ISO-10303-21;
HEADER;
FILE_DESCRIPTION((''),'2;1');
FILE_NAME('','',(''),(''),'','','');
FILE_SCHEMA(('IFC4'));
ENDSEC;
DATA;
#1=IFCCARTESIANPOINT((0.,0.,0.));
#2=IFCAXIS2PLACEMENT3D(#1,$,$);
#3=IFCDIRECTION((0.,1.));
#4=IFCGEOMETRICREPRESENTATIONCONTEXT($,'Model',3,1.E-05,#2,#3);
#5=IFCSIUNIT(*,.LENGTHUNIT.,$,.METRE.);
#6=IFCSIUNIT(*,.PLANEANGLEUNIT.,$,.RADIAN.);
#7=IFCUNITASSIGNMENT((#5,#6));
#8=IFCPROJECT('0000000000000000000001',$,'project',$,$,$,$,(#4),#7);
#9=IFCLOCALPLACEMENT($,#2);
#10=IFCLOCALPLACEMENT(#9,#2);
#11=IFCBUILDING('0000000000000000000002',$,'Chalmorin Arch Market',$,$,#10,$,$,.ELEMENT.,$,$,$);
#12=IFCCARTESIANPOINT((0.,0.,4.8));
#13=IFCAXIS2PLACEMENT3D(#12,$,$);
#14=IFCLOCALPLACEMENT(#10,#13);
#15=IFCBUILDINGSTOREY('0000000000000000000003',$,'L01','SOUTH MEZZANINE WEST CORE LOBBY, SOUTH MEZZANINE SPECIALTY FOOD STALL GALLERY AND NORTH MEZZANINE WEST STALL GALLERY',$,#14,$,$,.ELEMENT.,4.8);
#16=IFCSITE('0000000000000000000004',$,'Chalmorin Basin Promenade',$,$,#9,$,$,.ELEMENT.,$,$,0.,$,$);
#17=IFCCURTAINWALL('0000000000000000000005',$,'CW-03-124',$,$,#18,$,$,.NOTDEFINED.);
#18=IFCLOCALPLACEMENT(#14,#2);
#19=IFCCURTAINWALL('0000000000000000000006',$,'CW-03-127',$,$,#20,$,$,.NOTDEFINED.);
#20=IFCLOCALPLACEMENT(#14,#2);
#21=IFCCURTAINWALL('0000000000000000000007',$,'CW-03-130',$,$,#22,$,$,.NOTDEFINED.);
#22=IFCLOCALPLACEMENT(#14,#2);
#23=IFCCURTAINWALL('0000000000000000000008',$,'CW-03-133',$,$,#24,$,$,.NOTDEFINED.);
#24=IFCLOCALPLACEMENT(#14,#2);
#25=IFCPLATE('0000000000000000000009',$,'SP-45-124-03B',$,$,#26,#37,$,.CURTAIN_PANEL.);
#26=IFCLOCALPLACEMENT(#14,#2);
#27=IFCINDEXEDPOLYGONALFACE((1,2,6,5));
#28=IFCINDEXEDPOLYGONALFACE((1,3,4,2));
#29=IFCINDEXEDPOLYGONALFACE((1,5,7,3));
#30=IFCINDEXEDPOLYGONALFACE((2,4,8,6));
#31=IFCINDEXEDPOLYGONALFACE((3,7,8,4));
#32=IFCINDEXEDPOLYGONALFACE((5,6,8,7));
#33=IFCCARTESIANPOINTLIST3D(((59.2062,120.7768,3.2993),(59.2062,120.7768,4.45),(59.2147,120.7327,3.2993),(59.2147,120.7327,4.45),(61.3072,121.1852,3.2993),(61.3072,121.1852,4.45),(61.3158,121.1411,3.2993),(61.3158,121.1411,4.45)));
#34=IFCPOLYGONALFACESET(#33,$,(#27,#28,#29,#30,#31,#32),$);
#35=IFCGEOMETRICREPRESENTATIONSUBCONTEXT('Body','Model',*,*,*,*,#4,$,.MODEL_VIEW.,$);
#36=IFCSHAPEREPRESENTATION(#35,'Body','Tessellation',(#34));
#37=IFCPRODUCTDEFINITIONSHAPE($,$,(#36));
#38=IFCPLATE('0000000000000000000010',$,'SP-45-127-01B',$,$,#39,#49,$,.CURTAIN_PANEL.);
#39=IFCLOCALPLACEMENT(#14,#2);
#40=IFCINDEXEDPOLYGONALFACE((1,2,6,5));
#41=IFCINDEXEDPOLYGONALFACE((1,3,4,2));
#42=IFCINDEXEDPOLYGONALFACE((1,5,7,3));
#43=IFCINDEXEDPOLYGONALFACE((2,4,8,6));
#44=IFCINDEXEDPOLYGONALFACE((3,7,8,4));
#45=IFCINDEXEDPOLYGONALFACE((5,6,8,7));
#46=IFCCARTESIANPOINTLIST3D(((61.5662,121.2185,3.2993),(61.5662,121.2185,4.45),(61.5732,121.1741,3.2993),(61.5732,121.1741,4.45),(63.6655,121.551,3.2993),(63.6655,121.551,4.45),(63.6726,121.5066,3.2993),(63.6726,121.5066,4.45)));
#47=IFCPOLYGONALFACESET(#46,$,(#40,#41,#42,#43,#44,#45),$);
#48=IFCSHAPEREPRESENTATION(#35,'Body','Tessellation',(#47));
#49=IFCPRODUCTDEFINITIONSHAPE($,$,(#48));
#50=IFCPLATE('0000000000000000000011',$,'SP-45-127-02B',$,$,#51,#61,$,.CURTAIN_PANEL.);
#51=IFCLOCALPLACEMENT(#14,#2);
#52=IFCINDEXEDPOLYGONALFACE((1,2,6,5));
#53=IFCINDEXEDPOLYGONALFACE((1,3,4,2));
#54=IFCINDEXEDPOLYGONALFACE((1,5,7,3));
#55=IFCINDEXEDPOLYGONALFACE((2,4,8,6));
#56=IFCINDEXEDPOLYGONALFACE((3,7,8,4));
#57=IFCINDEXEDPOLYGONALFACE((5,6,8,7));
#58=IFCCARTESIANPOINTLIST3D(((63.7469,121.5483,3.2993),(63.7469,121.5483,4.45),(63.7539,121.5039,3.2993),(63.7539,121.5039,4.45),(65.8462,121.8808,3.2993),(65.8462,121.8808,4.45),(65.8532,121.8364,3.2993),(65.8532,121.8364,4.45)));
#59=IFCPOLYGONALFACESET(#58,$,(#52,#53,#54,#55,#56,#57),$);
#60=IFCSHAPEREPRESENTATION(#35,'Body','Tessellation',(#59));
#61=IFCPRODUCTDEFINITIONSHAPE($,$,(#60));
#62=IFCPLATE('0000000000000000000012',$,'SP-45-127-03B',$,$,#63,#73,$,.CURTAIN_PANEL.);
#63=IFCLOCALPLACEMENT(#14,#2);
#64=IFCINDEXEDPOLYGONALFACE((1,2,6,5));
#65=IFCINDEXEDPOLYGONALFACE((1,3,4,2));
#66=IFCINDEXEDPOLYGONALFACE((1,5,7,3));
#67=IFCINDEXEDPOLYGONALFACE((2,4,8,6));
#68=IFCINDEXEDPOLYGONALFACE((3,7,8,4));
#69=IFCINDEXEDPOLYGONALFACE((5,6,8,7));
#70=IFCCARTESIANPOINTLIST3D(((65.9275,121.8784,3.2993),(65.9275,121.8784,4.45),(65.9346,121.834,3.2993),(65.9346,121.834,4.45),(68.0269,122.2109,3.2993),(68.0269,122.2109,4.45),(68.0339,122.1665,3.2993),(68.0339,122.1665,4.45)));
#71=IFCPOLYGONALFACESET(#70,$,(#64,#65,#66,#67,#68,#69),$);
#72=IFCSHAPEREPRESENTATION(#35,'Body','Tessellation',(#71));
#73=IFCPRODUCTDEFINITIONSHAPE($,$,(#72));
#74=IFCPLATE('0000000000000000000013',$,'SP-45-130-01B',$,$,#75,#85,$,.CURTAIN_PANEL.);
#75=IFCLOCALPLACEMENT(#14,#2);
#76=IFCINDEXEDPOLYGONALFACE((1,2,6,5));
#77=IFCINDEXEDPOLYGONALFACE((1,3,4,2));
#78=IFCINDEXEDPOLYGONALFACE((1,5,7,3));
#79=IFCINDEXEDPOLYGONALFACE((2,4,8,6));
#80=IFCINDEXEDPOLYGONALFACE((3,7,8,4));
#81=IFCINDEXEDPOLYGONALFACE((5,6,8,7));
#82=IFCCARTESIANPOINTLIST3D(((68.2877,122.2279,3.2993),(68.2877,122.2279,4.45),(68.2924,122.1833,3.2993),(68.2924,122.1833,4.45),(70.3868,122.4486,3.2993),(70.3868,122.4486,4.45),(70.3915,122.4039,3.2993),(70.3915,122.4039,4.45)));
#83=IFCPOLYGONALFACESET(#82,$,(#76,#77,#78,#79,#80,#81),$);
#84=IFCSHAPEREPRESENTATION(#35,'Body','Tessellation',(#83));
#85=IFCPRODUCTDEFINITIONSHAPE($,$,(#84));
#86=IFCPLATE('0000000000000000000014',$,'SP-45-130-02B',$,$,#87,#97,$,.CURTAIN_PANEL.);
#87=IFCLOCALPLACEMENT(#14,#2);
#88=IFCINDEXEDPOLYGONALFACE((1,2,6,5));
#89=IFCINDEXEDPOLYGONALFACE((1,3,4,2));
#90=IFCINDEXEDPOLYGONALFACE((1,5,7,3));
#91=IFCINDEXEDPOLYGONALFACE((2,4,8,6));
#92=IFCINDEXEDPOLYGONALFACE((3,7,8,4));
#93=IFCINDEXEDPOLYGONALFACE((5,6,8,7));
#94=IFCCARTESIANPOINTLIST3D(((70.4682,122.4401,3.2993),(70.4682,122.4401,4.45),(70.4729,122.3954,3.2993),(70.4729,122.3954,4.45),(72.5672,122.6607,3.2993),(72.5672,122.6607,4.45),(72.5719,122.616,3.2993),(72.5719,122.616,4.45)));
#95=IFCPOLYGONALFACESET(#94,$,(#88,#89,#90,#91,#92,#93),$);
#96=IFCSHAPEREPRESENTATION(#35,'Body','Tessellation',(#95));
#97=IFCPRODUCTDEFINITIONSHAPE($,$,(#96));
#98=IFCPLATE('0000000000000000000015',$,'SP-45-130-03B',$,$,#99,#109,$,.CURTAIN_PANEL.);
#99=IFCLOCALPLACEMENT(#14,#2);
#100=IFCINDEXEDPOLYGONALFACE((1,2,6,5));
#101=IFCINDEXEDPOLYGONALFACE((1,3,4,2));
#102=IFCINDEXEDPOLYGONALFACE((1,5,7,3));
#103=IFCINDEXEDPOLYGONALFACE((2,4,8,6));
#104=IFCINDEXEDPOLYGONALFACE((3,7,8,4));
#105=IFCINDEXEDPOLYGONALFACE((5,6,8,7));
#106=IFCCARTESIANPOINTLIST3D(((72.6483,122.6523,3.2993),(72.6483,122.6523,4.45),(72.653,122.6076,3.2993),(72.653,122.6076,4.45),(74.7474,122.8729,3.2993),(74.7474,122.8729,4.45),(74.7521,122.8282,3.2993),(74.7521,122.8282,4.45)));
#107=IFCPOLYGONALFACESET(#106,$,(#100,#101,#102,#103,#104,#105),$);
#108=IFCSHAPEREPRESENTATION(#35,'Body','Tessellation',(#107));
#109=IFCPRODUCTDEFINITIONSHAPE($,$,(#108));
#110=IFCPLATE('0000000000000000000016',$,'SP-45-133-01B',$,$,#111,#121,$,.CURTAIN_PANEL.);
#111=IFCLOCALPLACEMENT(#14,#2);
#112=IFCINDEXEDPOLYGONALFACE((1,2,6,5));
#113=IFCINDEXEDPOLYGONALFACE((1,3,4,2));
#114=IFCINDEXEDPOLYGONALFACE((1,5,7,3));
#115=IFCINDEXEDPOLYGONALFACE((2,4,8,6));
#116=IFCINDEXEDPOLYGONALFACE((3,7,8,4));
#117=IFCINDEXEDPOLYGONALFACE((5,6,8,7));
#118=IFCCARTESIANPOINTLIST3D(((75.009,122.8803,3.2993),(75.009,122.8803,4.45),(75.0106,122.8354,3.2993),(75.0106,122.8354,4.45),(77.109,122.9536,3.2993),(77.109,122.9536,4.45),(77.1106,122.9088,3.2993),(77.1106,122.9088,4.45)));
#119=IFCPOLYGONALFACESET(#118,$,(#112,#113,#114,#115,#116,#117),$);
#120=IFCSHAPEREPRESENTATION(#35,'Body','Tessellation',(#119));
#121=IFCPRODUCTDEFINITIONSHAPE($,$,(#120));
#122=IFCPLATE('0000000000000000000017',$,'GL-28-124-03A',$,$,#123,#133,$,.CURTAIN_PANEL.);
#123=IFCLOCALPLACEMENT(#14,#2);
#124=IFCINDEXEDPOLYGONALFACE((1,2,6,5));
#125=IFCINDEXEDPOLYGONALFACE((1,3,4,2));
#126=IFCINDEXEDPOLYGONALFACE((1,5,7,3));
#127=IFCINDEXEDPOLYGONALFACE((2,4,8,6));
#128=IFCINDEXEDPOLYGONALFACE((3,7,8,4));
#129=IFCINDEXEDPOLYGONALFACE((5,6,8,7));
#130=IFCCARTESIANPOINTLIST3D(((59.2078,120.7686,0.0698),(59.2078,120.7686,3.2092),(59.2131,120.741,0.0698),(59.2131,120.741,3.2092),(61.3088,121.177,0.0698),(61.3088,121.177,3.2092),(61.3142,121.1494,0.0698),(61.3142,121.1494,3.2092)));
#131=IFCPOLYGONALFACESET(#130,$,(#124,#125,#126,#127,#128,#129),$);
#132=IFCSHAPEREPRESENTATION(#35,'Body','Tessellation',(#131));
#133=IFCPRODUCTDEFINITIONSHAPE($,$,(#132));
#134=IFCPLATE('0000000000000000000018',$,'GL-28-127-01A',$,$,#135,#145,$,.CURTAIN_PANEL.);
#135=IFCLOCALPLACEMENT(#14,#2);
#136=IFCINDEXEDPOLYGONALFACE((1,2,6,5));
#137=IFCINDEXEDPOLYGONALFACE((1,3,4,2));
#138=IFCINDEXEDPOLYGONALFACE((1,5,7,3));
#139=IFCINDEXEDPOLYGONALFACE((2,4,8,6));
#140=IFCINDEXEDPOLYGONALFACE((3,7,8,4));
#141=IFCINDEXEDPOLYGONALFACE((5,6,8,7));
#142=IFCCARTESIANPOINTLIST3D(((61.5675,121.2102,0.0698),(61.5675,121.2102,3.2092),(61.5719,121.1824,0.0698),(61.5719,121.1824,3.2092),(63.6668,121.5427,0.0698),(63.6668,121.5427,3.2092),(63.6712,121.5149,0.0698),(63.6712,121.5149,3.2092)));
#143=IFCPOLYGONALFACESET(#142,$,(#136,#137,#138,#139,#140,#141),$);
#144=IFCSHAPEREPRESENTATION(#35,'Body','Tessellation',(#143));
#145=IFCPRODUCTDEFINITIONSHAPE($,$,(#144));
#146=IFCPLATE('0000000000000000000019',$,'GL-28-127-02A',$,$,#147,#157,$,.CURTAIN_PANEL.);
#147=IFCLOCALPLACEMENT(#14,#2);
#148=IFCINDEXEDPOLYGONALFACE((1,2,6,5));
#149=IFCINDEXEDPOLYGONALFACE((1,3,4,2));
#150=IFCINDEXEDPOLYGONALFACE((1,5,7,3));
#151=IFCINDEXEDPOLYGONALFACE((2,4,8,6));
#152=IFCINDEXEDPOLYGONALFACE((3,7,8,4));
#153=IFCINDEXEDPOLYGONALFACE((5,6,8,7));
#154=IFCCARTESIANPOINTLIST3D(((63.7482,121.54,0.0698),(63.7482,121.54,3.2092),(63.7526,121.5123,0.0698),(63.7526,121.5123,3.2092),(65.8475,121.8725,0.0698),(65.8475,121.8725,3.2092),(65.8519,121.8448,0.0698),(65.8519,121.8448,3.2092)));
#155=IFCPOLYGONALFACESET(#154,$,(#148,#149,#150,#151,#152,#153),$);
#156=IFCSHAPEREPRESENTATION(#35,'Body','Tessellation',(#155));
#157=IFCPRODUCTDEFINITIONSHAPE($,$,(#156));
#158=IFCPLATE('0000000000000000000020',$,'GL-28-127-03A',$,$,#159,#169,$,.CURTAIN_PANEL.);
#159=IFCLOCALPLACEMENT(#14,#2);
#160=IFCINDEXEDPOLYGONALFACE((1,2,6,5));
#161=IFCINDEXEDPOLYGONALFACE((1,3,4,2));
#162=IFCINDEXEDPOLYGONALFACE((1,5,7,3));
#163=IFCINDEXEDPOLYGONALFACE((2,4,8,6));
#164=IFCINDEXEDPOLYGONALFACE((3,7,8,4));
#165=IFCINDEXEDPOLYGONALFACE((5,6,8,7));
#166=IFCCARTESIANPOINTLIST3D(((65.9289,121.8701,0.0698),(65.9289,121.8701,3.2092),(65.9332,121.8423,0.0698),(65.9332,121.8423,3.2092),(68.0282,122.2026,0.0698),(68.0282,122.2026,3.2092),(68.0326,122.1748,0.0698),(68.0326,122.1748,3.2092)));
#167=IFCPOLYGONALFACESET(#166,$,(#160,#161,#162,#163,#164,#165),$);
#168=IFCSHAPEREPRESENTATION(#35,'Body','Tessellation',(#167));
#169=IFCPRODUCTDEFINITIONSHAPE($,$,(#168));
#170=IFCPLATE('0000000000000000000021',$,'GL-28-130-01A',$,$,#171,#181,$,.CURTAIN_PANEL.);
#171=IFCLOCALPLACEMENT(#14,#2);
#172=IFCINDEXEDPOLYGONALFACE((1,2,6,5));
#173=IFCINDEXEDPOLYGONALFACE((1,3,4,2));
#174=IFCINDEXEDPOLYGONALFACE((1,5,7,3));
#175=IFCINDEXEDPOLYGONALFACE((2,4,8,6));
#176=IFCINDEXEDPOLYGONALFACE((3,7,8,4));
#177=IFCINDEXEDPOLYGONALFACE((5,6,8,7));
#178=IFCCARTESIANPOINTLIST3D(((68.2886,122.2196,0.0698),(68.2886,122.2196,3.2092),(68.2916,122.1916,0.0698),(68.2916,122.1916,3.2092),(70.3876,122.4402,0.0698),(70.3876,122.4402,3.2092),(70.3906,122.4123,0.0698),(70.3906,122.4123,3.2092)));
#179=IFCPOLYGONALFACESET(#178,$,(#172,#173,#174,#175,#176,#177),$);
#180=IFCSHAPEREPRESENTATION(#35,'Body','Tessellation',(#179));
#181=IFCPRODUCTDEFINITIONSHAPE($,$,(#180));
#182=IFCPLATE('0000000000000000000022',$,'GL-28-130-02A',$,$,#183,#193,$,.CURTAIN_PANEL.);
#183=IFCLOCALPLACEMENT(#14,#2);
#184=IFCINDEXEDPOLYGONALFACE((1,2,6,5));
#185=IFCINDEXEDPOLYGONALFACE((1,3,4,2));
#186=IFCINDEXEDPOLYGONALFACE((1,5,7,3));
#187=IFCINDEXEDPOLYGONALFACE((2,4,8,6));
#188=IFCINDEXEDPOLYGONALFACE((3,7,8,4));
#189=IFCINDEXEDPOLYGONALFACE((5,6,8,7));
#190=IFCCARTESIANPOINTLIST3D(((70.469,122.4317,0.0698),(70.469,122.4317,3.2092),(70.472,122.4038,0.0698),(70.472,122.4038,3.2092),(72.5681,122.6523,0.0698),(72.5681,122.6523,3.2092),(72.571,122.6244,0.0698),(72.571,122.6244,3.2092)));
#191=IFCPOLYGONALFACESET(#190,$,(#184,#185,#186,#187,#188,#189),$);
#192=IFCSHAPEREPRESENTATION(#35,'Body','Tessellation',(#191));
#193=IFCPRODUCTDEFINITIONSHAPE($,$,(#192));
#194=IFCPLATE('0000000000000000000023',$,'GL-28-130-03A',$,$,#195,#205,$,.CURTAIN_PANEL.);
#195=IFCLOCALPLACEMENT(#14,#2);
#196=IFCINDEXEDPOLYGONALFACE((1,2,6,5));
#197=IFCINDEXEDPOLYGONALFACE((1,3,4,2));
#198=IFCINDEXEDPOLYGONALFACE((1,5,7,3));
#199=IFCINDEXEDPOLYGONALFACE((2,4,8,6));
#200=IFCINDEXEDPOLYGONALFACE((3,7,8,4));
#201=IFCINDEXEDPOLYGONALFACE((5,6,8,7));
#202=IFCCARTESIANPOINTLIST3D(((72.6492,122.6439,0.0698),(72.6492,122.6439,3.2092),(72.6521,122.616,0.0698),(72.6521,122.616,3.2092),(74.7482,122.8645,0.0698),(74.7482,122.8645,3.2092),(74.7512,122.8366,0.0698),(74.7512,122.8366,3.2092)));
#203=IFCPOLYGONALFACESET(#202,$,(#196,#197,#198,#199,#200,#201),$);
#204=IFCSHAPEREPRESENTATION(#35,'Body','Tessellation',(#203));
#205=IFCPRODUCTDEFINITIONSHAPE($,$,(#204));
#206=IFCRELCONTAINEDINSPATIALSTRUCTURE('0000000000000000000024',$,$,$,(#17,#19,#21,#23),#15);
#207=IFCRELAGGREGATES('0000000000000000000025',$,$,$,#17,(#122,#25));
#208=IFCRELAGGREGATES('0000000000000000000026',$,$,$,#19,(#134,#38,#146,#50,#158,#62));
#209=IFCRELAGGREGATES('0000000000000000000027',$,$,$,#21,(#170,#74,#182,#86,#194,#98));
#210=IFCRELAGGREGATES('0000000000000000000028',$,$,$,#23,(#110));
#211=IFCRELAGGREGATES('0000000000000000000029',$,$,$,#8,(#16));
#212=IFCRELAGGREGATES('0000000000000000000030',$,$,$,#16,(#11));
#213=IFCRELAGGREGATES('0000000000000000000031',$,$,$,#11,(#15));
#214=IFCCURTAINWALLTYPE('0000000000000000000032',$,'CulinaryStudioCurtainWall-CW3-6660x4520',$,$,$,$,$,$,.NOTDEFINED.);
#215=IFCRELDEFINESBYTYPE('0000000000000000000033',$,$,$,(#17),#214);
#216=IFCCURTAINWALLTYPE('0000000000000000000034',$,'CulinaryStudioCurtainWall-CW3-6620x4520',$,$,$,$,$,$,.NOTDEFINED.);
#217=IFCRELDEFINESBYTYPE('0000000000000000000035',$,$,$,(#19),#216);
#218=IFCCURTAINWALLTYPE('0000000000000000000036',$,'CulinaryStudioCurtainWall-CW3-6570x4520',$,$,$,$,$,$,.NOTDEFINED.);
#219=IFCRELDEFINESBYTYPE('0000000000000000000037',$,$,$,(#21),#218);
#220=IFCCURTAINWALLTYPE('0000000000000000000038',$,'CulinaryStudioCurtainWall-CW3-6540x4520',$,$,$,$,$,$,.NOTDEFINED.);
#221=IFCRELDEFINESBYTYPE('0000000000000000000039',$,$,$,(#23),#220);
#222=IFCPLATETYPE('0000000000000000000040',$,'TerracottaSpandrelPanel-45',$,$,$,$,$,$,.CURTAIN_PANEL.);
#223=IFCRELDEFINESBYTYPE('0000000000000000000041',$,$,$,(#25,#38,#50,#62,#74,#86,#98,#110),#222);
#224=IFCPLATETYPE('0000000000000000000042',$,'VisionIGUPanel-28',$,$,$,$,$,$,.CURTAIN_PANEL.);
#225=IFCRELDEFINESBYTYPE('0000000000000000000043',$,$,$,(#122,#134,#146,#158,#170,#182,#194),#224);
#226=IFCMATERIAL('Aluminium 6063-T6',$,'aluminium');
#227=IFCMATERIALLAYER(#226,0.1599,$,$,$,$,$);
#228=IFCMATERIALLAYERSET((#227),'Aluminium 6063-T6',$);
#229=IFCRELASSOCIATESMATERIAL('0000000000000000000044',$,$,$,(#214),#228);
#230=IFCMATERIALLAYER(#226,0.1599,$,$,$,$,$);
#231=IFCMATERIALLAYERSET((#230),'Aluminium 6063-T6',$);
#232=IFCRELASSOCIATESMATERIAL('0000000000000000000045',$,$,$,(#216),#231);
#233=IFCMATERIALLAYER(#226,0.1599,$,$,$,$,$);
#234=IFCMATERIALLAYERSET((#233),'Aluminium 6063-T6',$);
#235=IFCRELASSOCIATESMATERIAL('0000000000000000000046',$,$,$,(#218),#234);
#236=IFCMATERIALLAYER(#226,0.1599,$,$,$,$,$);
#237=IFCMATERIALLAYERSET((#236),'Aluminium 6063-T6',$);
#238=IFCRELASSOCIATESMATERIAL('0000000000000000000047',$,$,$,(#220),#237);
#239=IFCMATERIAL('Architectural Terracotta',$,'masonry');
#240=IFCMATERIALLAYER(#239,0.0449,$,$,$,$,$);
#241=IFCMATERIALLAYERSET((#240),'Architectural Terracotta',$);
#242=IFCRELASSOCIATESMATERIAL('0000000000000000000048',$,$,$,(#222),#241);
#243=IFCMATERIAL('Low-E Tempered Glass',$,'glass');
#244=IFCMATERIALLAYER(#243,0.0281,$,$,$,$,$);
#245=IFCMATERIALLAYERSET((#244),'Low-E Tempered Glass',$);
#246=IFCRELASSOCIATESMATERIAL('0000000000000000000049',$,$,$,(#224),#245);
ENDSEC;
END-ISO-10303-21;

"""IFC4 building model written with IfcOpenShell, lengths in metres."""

from ifc_helpers import new_model, si_unit, direction, frame, origin, origin_2d, place, context, subcontext, project, spatial, rectangle, extrude, material, layer, layer_set, type_object, element, aggregate, save


model = new_model("IFC4")

# Units and contexts
model_context = context("Model", 3, precision=1e-05, world=origin(), true_north=direction((0.0, 1.0)))
body_context = subcontext(model_context, "Body", "Model", "MODEL_VIEW")
ifc_project = project(units=[si_unit("LENGTHUNIT", "METRE"), si_unit("PLANEANGLEUNIT", "RADIAN")], contexts=[model_context])

# Site, building, storey
site_placement = place(None, origin())
site = spatial("IfcSite", under=ifc_project, at=site_placement, Name="Chalmorin Basin Promenade", CompositionType="ELEMENT", RefElevation=0.0)
building_placement = place(site_placement, origin())
building = spatial("IfcBuilding", under=site, at=building_placement, Name="Chalmorin Arch Market", CompositionType="ELEMENT")
storey_placement = place(building_placement, frame((0.0, 0.0, 4.8)))
storey = spatial("IfcBuildingStorey", under=building, at=storey_placement, Name="L01", Description="SOUTH MEZZANINE WEST CORE LOBBY, SOUTH MEZZANINE SPECIALTY FOOD STALL GALLERY AND NORTH MEZZANINE WEST STALL GALLERY", CompositionType="ELEMENT", Elevation=4.8)

# Curtain walls
ifc_material_1 = material(Name="Aluminium 6063-T6", Category="aluminium")
ifc_layer_1 = layer(ifc_material_1, 0.1599)
ifc_layer_set_1 = layer_set([ifc_layer_1], Name="Aluminium 6063-T6")
curtain_wall_type_1 = type_object("IfcCurtainWallType", Name="CulinaryStudioCurtainWall-CW3-6660x4520", PredefinedType="NOTDEFINED", material=ifc_layer_set_1)
curtain_wall_1_placement = place(storey_placement, origin())
curtain_wall_1 = element("IfcCurtainWall", 1, at=curtain_wall_1_placement, inside=storey, type_object=curtain_wall_type_1, Name="CW-03-124", PredefinedType="NOTDEFINED")
ifc_layer_2 = layer(ifc_material_1, 0.1599)
ifc_layer_set_2 = layer_set([ifc_layer_2], Name="Aluminium 6063-T6")
curtain_wall_type_2 = type_object("IfcCurtainWallType", Name="CulinaryStudioCurtainWall-CW3-6620x4520", PredefinedType="NOTDEFINED", material=ifc_layer_set_2)
curtain_wall_2_placement = place(storey_placement, origin())
curtain_wall_2 = element("IfcCurtainWall", 2, at=curtain_wall_2_placement, inside=storey, type_object=curtain_wall_type_2, Name="CW-03-127", PredefinedType="NOTDEFINED")
ifc_layer_3 = layer(ifc_material_1, 0.1599)
ifc_layer_set_3 = layer_set([ifc_layer_3], Name="Aluminium 6063-T6")
curtain_wall_type_3 = type_object("IfcCurtainWallType", Name="CulinaryStudioCurtainWall-CW3-6570x4520", PredefinedType="NOTDEFINED", material=ifc_layer_set_3)
curtain_wall_3_placement = place(storey_placement, origin())
curtain_wall_3 = element("IfcCurtainWall", 3, at=curtain_wall_3_placement, inside=storey, type_object=curtain_wall_type_3, Name="CW-03-130", PredefinedType="NOTDEFINED")

# Curtain wall
ifc_layer_4 = layer(ifc_material_1, 0.1599)
ifc_layer_set_4 = layer_set([ifc_layer_4], Name="Aluminium 6063-T6")
curtain_wall_type_4 = type_object("IfcCurtainWallType", Name="CulinaryStudioCurtainWall-CW3-6540x4520", PredefinedType="NOTDEFINED", material=ifc_layer_set_4)
curtain_wall_4_placement = place(storey_placement, origin())
curtain_wall_4 = element("IfcCurtainWall", 4, at=curtain_wall_4_placement, inside=storey, type_object=curtain_wall_type_4, Name="CW-03-133", PredefinedType="NOTDEFINED")

# Plates
ifc_material_2 = material(Name="Architectural Terracotta", Category="masonry")
ifc_layer_5 = layer(ifc_material_2, 0.0449)
ifc_layer_set_5 = layer_set([ifc_layer_5], Name="Architectural Terracotta")
plate_type_1 = type_object("IfcPlateType", Name="TerracottaSpandrelPanel-45", PredefinedType="CURTAIN_PANEL", material=ifc_layer_set_5)
plate_1_placement = place(storey_placement, frame((60.261, 120.959, 3.2993), z_axis=(0.0, 0.0, 1.0), x_axis=(0.981627, 0.190809, 0.0)))
plate_1 = element("IfcPlate", 5, at=plate_1_placement, type_object=plate_type_1, Name="SP-45-124-03B", PredefinedType="CURTAIN_PANEL", context=body_context, shape_type="SweptSolid", body=[
    extrude(rectangle(XDim=2.1404, YDim=0.0449, at=origin_2d()), origin(), (0.0, 0.0, 1.0), 1.1506),
])
plate_2_placement = place(storey_placement, frame((62.6194, 121.3625, 3.2993), z_axis=(0.0, 0.0, 1.0), x_axis=(0.987688, 0.156434, 0.0)))
plate_2 = element("IfcPlate", 6, at=plate_2_placement, type_object=plate_type_1, Name="SP-45-127-01B", PredefinedType="CURTAIN_PANEL", context=body_context, shape_type="SweptSolid", body=[
    extrude(rectangle(XDim=2.1255, YDim=0.0449, at=origin_2d()), origin(), (0.0, 0.0, 1.0), 1.1506),
])
plate_3_placement = place(storey_placement, frame((64.8, 121.6924, 3.2993), z_axis=(0.0, 0.0, 1.0), x_axis=(0.987688, 0.156434, 0.0)))
plate_3 = element("IfcPlate", 7, at=plate_3_placement, type_object=plate_type_1, Name="SP-45-127-02B", PredefinedType="CURTAIN_PANEL", context=body_context, shape_type="SweptSolid", body=[
    extrude(rectangle(XDim=2.1255, YDim=0.0449, at=origin_2d()), origin(), (0.0, 0.0, 1.0), 1.1506),
])
plate_4_placement = place(storey_placement, frame((66.9807, 122.0225, 3.2993), z_axis=(0.0, 0.0, 1.0), x_axis=(0.987688, 0.156434, 0.0)))
plate_4 = element("IfcPlate", 8, at=plate_4_placement, type_object=plate_type_1, Name="SP-45-127-03B", PredefinedType="CURTAIN_PANEL", context=body_context, shape_type="SweptSolid", body=[
    extrude(rectangle(XDim=2.1255, YDim=0.0449, at=origin_2d()), origin(), (0.0, 0.0, 1.0), 1.1506),
])
plate_5_placement = place(storey_placement, frame((69.3396, 122.3159, 3.2993), z_axis=(0.0, 0.0, 1.0), x_axis=(0.994522, 0.104528, 0.0)))
plate_5 = element("IfcPlate", 9, at=plate_5_placement, type_object=plate_type_1, Name="SP-45-130-01B", PredefinedType="CURTAIN_PANEL", context=body_context, shape_type="SweptSolid", body=[
    extrude(rectangle(XDim=2.1106, YDim=0.0449, at=origin_2d()), origin(), (0.0, 0.0, 1.0), 1.1506),
])
plate_6_placement = place(storey_placement, frame((71.52, 122.5281, 3.2993), z_axis=(0.0, 0.0, 1.0), x_axis=(0.994522, 0.104528, 0.0)))
plate_6 = element("IfcPlate", 10, at=plate_6_placement, type_object=plate_type_1, Name="SP-45-130-02B", PredefinedType="CURTAIN_PANEL", context=body_context, shape_type="SweptSolid", body=[
    extrude(rectangle(XDim=2.1106, YDim=0.0449, at=origin_2d()), origin(), (0.0, 0.0, 1.0), 1.1506),
])
plate_7_placement = place(storey_placement, frame((73.7002, 122.7402, 3.2993), z_axis=(0.0, 0.0, 1.0), x_axis=(0.994522, 0.104528, 0.0)))
plate_7 = element("IfcPlate", 11, at=plate_7_placement, type_object=plate_type_1, Name="SP-45-130-03B", PredefinedType="CURTAIN_PANEL", context=body_context, shape_type="SweptSolid", body=[
    extrude(rectangle(XDim=2.1106, YDim=0.0449, at=origin_2d()), origin(), (0.0, 0.0, 1.0), 1.1506),
])
plate_8_placement = place(storey_placement, frame((76.0598, 122.8945, 3.2993), z_axis=(0.0, 0.0, 1.0), x_axis=(0.999391, 0.034899, 0.0)))
plate_8 = element("IfcPlate", 12, at=plate_8_placement, type_object=plate_type_1, Name="SP-45-133-01B", PredefinedType="CURTAIN_PANEL", context=body_context, shape_type="SweptSolid", body=[
    extrude(rectangle(XDim=2.1013, YDim=0.0449, at=origin_2d()), origin(), (0.0, 0.0, 1.0), 1.1506),
])
ifc_material_3 = material(Name="Low-E Tempered Glass", Category="glass")
ifc_layer_6 = layer(ifc_material_3, 0.0281)
ifc_layer_set_6 = layer_set([ifc_layer_6], Name="Low-E Tempered Glass")
plate_type_2 = type_object("IfcPlateType", Name="VisionIGUPanel-28", PredefinedType="CURTAIN_PANEL", material=ifc_layer_set_6)
plate_9_placement = place(storey_placement, frame((60.261, 120.959, 0.0698), z_axis=(0.0, 0.0, 1.0), x_axis=(0.981627, 0.190809, 0.0)))
plate_9 = element("IfcPlate", 13, at=plate_9_placement, type_object=plate_type_2, Name="GL-28-124-03A", PredefinedType="CURTAIN_PANEL", context=body_context, shape_type="SweptSolid", body=[
    extrude(rectangle(XDim=2.1404, YDim=0.0281, at=origin_2d()), origin(), (0.0, 0.0, 1.0), 3.1394),
])
aggregate(curtain_wall_1, [plate_9, plate_1])
plate_10_placement = place(storey_placement, frame((62.6194, 121.3625, 0.0698), z_axis=(0.0, 0.0, 1.0), x_axis=(0.987688, 0.156434, 0.0)))
plate_10 = element("IfcPlate", 14, at=plate_10_placement, type_object=plate_type_2, Name="GL-28-127-01A", PredefinedType="CURTAIN_PANEL", context=body_context, shape_type="SweptSolid", body=[
    extrude(rectangle(XDim=2.1255, YDim=0.0281, at=origin_2d()), origin(), (0.0, 0.0, 1.0), 3.1394),
])
plate_11_placement = place(storey_placement, frame((64.8, 121.6924, 0.0698), z_axis=(0.0, 0.0, 1.0), x_axis=(0.987688, 0.156434, 0.0)))
plate_11 = element("IfcPlate", 15, at=plate_11_placement, type_object=plate_type_2, Name="GL-28-127-02A", PredefinedType="CURTAIN_PANEL", context=body_context, shape_type="SweptSolid", body=[
    extrude(rectangle(XDim=2.1255, YDim=0.0281, at=origin_2d()), origin(), (0.0, 0.0, 1.0), 3.1394),
])
plate_12_placement = place(storey_placement, frame((66.9807, 122.0225, 0.0698), z_axis=(0.0, 0.0, 1.0), x_axis=(0.987688, 0.156434, 0.0)))
plate_12 = element("IfcPlate", 16, at=plate_12_placement, type_object=plate_type_2, Name="GL-28-127-03A", PredefinedType="CURTAIN_PANEL", context=body_context, shape_type="SweptSolid", body=[
    extrude(rectangle(XDim=2.1255, YDim=0.0281, at=origin_2d()), origin(), (0.0, 0.0, 1.0), 3.1394),
])
aggregate(curtain_wall_2, [plate_10, plate_2, plate_11, plate_3, plate_12, plate_4])
plate_13_placement = place(storey_placement, frame((69.3396, 122.3159, 0.0698), z_axis=(0.0, 0.0, 1.0), x_axis=(0.994522, 0.104528, 0.0)))
plate_13 = element("IfcPlate", 17, at=plate_13_placement, type_object=plate_type_2, Name="GL-28-130-01A", PredefinedType="CURTAIN_PANEL", context=body_context, shape_type="SweptSolid", body=[
    extrude(rectangle(XDim=2.1106, YDim=0.0281, at=origin_2d()), origin(), (0.0, 0.0, 1.0), 3.1394),
])
plate_14_placement = place(storey_placement, frame((71.52, 122.5281, 0.0698), z_axis=(0.0, 0.0, 1.0), x_axis=(0.994522, 0.104528, 0.0)))
plate_14 = element("IfcPlate", 18, at=plate_14_placement, type_object=plate_type_2, Name="GL-28-130-02A", PredefinedType="CURTAIN_PANEL", context=body_context, shape_type="SweptSolid", body=[
    extrude(rectangle(XDim=2.1106, YDim=0.0281, at=origin_2d()), origin(), (0.0, 0.0, 1.0), 3.1394),
])
plate_15_placement = place(storey_placement, frame((73.7002, 122.7402, 0.0698), z_axis=(0.0, 0.0, 1.0), x_axis=(0.994522, 0.104528, 0.0)))
plate_15 = element("IfcPlate", 19, at=plate_15_placement, type_object=plate_type_2, Name="GL-28-130-03A", PredefinedType="CURTAIN_PANEL", context=body_context, shape_type="SweptSolid", body=[
    extrude(rectangle(XDim=2.1106, YDim=0.0281, at=origin_2d()), origin(), (0.0, 0.0, 1.0), 3.1394),
])
aggregate(curtain_wall_3, [plate_13, plate_5, plate_14, plate_6, plate_15, plate_7])
aggregate(curtain_wall_4, [plate_8])

save(model, "model.ifc")
